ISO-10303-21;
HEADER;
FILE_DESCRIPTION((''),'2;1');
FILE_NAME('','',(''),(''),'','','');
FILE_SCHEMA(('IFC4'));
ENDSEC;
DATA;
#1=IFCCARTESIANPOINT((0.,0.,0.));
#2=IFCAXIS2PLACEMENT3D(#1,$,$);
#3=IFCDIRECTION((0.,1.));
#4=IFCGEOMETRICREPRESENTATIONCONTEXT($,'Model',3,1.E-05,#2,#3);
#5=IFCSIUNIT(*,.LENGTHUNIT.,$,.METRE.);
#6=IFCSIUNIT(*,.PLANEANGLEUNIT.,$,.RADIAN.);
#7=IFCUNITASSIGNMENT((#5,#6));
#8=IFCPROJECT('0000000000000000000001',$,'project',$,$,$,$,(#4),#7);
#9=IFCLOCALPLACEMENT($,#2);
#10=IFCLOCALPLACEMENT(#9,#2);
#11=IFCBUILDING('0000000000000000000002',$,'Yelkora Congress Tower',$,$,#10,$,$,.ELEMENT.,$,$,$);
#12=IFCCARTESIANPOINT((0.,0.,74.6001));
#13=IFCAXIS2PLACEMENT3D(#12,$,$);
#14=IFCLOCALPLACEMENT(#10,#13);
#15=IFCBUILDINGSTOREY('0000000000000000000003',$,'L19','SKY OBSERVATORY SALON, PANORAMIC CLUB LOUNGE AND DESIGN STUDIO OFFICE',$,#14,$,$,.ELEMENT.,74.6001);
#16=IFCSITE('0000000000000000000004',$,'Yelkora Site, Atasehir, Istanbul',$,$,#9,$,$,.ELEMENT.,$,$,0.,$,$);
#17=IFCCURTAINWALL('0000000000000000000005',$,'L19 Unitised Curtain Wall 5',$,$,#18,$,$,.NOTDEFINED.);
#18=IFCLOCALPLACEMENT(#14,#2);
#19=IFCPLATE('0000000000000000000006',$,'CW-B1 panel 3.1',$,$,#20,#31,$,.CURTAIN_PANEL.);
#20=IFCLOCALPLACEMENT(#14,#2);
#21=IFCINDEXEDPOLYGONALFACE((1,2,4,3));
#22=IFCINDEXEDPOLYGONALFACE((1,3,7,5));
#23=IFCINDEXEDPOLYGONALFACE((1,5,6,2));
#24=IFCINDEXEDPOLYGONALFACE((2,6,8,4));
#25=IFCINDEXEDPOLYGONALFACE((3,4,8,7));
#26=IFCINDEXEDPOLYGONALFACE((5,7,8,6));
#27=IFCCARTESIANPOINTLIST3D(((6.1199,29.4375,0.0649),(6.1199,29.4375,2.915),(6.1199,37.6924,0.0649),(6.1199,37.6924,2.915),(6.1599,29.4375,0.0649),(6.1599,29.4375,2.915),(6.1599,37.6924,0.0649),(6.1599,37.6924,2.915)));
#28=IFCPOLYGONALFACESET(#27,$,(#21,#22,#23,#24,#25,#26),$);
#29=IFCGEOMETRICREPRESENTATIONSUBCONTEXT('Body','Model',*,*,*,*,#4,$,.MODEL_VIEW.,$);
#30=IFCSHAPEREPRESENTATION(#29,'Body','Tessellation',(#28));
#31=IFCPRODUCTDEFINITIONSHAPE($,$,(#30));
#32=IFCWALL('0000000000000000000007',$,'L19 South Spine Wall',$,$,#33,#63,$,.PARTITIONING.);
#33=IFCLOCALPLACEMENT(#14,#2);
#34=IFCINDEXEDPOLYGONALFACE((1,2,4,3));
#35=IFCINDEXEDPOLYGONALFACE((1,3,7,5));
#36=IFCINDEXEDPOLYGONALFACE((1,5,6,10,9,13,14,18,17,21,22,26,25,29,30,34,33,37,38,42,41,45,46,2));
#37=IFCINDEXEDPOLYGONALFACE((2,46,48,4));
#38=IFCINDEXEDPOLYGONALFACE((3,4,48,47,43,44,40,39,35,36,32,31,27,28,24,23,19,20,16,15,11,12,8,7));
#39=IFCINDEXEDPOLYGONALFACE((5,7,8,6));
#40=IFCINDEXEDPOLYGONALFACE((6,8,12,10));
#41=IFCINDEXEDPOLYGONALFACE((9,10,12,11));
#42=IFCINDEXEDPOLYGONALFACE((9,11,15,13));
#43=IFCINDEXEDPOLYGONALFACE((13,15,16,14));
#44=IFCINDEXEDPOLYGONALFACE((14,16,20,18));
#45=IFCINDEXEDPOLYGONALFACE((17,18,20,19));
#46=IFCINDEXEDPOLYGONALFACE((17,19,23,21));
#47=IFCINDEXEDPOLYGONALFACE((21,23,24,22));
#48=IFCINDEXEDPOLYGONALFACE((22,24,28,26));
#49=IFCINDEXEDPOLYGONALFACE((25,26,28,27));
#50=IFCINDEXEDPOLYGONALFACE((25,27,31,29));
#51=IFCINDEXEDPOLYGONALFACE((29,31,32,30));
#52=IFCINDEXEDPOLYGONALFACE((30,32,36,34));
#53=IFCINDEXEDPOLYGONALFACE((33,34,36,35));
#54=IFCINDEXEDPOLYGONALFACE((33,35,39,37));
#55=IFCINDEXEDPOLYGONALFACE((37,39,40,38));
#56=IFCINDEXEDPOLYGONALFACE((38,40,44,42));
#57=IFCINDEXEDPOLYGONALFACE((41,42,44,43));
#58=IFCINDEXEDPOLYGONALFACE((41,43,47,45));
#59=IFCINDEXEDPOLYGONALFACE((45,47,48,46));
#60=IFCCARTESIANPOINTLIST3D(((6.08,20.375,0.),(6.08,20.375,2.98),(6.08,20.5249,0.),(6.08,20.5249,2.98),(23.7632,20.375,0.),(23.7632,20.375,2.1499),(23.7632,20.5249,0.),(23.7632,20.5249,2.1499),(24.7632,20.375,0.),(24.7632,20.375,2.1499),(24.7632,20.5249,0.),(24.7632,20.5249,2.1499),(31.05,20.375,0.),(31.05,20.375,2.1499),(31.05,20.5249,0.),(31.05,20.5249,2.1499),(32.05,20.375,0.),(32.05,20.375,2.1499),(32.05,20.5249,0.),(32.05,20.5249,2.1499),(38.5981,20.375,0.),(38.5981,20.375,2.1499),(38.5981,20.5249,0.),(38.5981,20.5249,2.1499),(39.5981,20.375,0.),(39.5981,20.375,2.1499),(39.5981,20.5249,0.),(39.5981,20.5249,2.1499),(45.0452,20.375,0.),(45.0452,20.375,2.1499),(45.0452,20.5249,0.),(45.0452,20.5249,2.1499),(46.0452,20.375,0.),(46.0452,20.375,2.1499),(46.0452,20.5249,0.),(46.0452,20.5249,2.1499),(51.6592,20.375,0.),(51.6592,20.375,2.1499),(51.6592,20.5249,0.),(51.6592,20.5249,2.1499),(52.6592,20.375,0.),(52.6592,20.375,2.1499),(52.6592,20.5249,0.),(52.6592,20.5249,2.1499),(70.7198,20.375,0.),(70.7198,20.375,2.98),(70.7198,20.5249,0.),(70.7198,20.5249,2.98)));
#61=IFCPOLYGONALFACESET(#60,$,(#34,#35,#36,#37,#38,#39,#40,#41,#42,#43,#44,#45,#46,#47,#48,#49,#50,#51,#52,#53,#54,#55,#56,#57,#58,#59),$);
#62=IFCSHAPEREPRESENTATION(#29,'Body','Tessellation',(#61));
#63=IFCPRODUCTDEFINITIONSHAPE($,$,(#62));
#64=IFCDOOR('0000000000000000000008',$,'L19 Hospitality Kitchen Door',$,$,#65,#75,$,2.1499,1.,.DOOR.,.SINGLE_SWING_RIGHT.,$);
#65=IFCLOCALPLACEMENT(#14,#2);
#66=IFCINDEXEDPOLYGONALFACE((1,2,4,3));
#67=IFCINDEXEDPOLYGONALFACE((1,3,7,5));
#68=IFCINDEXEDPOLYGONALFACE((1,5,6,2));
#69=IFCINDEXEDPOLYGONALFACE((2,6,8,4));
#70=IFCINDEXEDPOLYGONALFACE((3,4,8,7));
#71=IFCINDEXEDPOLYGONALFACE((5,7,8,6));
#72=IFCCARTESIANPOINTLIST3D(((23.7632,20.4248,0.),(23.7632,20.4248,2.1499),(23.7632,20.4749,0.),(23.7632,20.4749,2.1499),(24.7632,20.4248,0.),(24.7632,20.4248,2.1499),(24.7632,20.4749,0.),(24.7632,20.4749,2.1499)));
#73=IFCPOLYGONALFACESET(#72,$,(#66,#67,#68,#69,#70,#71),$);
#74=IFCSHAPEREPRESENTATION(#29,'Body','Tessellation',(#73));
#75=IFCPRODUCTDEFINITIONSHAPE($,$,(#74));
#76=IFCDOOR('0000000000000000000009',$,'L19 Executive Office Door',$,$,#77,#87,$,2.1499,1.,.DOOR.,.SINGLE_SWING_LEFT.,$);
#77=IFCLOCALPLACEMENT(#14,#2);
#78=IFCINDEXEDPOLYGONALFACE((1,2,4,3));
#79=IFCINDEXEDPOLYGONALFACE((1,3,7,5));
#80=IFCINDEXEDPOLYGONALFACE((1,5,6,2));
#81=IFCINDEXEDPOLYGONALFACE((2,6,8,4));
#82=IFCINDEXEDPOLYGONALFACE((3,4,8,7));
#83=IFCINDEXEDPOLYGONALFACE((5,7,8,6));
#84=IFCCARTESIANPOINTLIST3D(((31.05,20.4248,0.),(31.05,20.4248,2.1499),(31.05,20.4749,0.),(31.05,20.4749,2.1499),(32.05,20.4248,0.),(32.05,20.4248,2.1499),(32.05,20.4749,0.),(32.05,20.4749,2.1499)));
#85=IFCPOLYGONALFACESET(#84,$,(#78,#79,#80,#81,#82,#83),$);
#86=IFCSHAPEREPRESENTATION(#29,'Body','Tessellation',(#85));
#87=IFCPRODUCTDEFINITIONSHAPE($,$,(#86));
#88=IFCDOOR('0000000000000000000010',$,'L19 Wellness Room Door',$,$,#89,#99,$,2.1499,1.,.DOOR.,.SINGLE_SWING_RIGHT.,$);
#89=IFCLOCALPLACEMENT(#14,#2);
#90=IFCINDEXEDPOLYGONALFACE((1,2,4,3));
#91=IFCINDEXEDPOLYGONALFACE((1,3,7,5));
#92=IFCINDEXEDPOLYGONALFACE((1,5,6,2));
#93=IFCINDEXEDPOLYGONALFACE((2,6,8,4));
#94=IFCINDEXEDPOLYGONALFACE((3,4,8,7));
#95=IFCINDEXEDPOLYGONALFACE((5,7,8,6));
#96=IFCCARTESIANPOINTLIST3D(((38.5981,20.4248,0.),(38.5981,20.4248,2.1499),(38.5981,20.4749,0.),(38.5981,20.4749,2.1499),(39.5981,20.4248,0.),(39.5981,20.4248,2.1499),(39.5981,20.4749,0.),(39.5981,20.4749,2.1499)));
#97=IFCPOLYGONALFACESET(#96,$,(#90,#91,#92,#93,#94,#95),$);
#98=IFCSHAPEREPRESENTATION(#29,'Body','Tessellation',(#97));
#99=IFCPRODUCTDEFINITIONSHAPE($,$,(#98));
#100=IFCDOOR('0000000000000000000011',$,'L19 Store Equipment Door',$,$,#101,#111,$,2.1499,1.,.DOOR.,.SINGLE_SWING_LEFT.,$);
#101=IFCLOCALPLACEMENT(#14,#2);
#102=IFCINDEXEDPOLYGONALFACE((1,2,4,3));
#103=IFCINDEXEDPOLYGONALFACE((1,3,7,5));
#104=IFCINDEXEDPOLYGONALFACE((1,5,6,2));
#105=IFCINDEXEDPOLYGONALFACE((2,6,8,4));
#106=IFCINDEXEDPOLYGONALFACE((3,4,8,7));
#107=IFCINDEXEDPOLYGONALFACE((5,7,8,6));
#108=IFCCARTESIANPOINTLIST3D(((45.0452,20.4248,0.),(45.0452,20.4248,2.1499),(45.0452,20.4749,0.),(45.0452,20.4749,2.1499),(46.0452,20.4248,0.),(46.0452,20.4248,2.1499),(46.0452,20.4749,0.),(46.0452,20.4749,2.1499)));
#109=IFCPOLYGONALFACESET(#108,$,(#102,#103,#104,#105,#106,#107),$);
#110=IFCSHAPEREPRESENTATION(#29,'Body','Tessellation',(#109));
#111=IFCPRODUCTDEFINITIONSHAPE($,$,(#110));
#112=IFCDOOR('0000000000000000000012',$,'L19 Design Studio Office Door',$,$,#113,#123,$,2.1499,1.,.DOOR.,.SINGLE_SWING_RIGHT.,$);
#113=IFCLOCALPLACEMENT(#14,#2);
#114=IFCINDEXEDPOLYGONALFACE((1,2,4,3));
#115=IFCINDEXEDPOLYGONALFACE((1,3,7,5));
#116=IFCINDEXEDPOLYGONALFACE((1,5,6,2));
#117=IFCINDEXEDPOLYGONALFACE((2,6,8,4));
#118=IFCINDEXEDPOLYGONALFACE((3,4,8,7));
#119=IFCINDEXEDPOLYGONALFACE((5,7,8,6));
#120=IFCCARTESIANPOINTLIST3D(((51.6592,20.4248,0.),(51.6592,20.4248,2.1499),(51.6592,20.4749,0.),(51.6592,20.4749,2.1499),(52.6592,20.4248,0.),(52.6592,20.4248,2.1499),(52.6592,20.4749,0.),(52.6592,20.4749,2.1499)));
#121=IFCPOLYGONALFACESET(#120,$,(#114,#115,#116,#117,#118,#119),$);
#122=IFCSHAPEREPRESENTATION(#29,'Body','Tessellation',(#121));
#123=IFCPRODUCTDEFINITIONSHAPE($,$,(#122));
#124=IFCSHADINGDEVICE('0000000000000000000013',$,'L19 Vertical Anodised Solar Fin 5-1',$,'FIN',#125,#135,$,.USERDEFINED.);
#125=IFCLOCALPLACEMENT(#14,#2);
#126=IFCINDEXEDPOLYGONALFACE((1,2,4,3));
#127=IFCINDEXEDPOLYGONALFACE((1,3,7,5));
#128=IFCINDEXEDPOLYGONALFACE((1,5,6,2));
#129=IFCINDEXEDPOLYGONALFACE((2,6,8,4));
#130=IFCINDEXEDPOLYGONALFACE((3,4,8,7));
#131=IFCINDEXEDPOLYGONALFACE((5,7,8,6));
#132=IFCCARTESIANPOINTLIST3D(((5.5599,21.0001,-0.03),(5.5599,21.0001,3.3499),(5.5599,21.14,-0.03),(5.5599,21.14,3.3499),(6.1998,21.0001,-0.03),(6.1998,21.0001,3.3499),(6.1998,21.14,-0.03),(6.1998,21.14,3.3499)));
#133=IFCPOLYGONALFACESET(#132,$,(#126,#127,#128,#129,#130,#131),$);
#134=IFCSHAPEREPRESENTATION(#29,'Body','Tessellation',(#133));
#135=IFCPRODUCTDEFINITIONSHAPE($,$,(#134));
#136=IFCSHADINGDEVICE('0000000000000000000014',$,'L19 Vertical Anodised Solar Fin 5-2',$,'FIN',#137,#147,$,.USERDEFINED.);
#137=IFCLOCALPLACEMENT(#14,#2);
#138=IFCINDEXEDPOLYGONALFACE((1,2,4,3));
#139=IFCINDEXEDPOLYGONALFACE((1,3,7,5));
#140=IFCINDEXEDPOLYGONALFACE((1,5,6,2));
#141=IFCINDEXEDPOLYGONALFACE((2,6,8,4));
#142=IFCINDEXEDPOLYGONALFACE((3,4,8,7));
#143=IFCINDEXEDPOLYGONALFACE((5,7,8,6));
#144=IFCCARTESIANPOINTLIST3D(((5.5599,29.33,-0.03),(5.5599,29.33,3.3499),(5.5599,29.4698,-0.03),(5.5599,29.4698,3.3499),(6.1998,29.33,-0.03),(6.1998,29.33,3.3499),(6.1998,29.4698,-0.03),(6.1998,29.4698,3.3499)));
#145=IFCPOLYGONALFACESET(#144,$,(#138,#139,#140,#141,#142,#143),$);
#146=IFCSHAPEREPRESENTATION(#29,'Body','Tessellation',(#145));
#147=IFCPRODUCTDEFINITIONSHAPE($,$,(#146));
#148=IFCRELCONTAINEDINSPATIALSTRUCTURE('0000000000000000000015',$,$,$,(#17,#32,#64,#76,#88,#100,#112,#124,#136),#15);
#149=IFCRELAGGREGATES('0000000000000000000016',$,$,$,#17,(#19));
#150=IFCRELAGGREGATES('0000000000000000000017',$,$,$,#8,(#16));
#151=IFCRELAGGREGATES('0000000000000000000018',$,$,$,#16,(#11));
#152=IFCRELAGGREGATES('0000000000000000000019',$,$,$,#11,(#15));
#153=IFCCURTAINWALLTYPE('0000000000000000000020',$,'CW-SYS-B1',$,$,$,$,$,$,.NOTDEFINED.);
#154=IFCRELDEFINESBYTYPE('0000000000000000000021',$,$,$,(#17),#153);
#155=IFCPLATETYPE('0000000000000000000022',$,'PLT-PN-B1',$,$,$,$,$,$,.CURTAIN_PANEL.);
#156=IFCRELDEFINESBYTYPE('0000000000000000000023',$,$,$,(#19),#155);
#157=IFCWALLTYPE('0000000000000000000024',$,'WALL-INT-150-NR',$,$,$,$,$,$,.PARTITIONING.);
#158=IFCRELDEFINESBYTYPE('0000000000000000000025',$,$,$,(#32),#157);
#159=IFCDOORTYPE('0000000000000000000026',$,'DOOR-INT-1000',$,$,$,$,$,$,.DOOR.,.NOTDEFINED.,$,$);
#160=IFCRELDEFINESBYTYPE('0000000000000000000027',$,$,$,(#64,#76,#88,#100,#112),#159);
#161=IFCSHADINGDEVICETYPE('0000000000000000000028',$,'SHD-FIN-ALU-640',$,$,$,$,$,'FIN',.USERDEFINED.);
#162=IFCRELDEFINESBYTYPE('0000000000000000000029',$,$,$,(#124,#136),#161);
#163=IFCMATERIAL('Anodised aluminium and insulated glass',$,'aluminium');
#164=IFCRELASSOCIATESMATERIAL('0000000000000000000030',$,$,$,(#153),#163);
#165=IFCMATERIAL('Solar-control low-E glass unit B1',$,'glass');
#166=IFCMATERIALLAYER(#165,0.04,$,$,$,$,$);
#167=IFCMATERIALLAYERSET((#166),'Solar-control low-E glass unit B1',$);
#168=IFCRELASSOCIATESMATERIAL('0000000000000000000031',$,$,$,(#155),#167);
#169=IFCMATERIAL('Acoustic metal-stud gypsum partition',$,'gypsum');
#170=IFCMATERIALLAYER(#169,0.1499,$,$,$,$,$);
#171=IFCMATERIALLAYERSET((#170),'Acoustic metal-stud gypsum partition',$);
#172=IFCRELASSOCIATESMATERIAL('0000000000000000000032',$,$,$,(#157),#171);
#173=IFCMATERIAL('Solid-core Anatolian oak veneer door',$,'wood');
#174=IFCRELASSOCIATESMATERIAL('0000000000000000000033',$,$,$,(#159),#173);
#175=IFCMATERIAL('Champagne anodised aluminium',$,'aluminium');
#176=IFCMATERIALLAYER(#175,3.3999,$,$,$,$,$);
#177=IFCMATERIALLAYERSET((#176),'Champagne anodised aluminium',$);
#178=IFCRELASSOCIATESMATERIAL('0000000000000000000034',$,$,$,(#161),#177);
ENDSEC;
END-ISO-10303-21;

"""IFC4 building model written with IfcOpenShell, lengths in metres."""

from ifc_helpers import new_model, si_unit, direction, frame, frame_2d, origin, origin_2d, place, context, subcontext, project, spatial, rectangle, extrude, material, layer, layer_set, type_object, element, fill, aggregate, save


model = new_model("IFC4")

# Units and contexts
model_context = context("Model", 3, precision=1e-05, world=origin(), true_north=direction((0.0, 1.0)))
body_context = subcontext(model_context, "Body", "Model", "MODEL_VIEW")
ifc_project = project(units=[si_unit("LENGTHUNIT", "METRE"), si_unit("PLANEANGLEUNIT", "RADIAN")], contexts=[model_context])

# Site, building, storey
site_placement = place(None, origin())
site = spatial("IfcSite", under=ifc_project, at=site_placement, Name="Yelkora Site, Atasehir, Istanbul", CompositionType="ELEMENT", RefElevation=0.0)
building_placement = place(site_placement, origin())
building = spatial("IfcBuilding", under=site, at=building_placement, Name="Yelkora Congress Tower", CompositionType="ELEMENT")
storey_placement = place(building_placement, frame((0.0, 0.0, 74.6001)))
storey = spatial("IfcBuildingStorey", under=building, at=storey_placement, Name="L19", Description="SKY OBSERVATORY SALON, PANORAMIC CLUB LOUNGE AND DESIGN STUDIO OFFICE", CompositionType="ELEMENT", Elevation=74.6001)

# Curtain wall, plate
ifc_material_1 = material(Name="Anodised aluminium and insulated glass", Category="aluminium")
curtain_wall_type = type_object("IfcCurtainWallType", Name="CW-SYS-B1", PredefinedType="NOTDEFINED", material=ifc_material_1)
curtain_wall_placement = place(storey_placement, origin())
curtain_wall = element("IfcCurtainWall", 1, at=curtain_wall_placement, inside=storey, type_object=curtain_wall_type, Name="L19 Unitised Curtain Wall 5", PredefinedType="NOTDEFINED")
ifc_material_2 = material(Name="Solar-control low-E glass unit B1", Category="glass")
ifc_layer_1 = layer(ifc_material_2, 0.04)
ifc_layer_set_1 = layer_set([ifc_layer_1], Name="Solar-control low-E glass unit B1")
plate_type = type_object("IfcPlateType", Name="PLT-PN-B1", PredefinedType="CURTAIN_PANEL", material=ifc_layer_set_1)
plate_1_placement = place(storey_placement, frame((6.1399, 33.5649, 0.0649), z_axis=(0.0, 0.0, 1.0), x_axis=(0.0, 1.0, 0.0)))
plate_1 = element("IfcPlate", 2, at=plate_1_placement, type_object=plate_type, Name="CW-B1 panel 3.1", PredefinedType="CURTAIN_PANEL", context=body_context, shape_type="SweptSolid", body=[
    extrude(rectangle(XDim=8.2549, YDim=0.04, at=origin_2d()), origin(), (0.0, 0.0, 1.0), 2.8501),
])
aggregate(curtain_wall, [plate_1])

# Wall, openings, doors
ifc_material_3 = material(Name="Acoustic metal-stud gypsum partition", Category="gypsum")
ifc_layer_2 = layer(ifc_material_3, 0.1499)
ifc_layer_set_2 = layer_set([ifc_layer_2], Name="Acoustic metal-stud gypsum partition")
wall_type = type_object("IfcWallType", Name="WALL-INT-150-NR", PredefinedType="PARTITIONING", material=ifc_layer_set_2)
wall_placement = place(storey_placement, frame((6.0801, 20.45, 0.0), z_axis=(0.0, 0.0, 1.0), x_axis=(1.0, 0.0, 0.0)))
wall = element("IfcWall", 3, at=wall_placement, inside=storey, type_object=wall_type, Name="L19 South Spine Wall", PredefinedType="PARTITIONING", context=body_context, shape_type="SweptSolid", body=[
    extrude(rectangle(XDim=64.6399, YDim=0.1499, at=frame_2d((32.3198, 0.0))), origin(), (0.0, 0.0, 1.0), 2.98),
])
opening_1_placement = place(wall_placement, frame((17.6831, 0.0, 0.0)))
opening_1 = element("IfcOpeningElement", 4, at=opening_1_placement, cuts=wall, PredefinedType="OPENING", context=body_context, shape_type="SweptSolid", body=[
    extrude(rectangle(XDim=1.0, YDim=2.1499, at=frame_2d((0.5, 1.075))), frame((0.0, 0.085, 0.0), z_axis=(0.0, -1.0, 0.0), x_axis=(1.0, 0.0, 0.0)), (0.0, 0.0, 1.0), 0.1699),
])
opening_2_placement = place(wall_placement, frame((24.97, 0.0, 0.0)))
opening_2 = element("IfcOpeningElement", 5, at=opening_2_placement, cuts=wall, PredefinedType="OPENING", context=body_context, shape_type="SweptSolid", body=[
    extrude(rectangle(XDim=1.0, YDim=2.1499, at=frame_2d((0.5, 1.075))), frame((0.0, 0.085, 0.0), z_axis=(0.0, -1.0, 0.0), x_axis=(1.0, 0.0, 0.0)), (0.0, 0.0, 1.0), 0.1699),
])
opening_3_placement = place(wall_placement, frame((32.5181, 0.0, 0.0)))
opening_3 = element("IfcOpeningElement", 6, at=opening_3_placement, cuts=wall, PredefinedType="OPENING", context=body_context, shape_type="SweptSolid", body=[
    extrude(rectangle(XDim=1.0, YDim=2.1499, at=frame_2d((0.5, 1.075))), frame((0.0, 0.085, 0.0), z_axis=(0.0, -1.0, 0.0), x_axis=(1.0, 0.0, 0.0)), (0.0, 0.0, 1.0), 0.1699),
])
opening_4_placement = place(wall_placement, frame((38.9651, 0.0, 0.0)))
opening_4 = element("IfcOpeningElement", 7, at=opening_4_placement, cuts=wall, PredefinedType="OPENING", context=body_context, shape_type="SweptSolid", body=[
    extrude(rectangle(XDim=1.0, YDim=2.1499, at=frame_2d((0.5, 1.075))), frame((0.0, 0.085, 0.0), z_axis=(0.0, -1.0, 0.0), x_axis=(1.0, 0.0, 0.0)), (0.0, 0.0, 1.0), 0.1699),
])
opening_5_placement = place(wall_placement, frame((45.5791, 0.0, 0.0)))
opening_5 = element("IfcOpeningElement", 8, at=opening_5_placement, cuts=wall, PredefinedType="OPENING", context=body_context, shape_type="SweptSolid", body=[
    extrude(rectangle(XDim=1.0, YDim=2.1499, at=frame_2d((0.5, 1.075))), frame((0.0, 0.085, 0.0), z_axis=(0.0, -1.0, 0.0), x_axis=(1.0, 0.0, 0.0)), (0.0, 0.0, 1.0), 0.1699),
])
ifc_material_4 = material(Name="Solid-core Anatolian oak veneer door", Category="wood")
door_type = type_object("IfcDoorType", Name="DOOR-INT-1000", OperationType="NOTDEFINED", PredefinedType="DOOR", material=ifc_material_4)
door_1_placement = place(opening_1_placement, origin())
door_1 = element("IfcDoor", 9, at=door_1_placement, inside=storey, type_object=door_type, Name="L19 Hospitality Kitchen Door", OperationType="SINGLE_SWING_RIGHT", OverallHeight=2.1499, OverallWidth=1.0, PredefinedType="DOOR", context=body_context, shape_type="SweptSolid", body=[
    extrude(rectangle(XDim=1.0, YDim=2.1499, at=frame_2d((0.5, 1.075))), frame((0.0, 0.0249, 0.0), z_axis=(0.0, -1.0, 0.0), x_axis=(1.0, 0.0, 0.0)), (0.0, 0.0, 1.0), 0.05),
])
fill(opening_1, door_1)
door_2_placement = place(opening_2_placement, origin())
door_2 = element("IfcDoor", 10, at=door_2_placement, inside=storey, type_object=door_type, Name="L19 Executive Office Door", OperationType="SINGLE_SWING_LEFT", OverallHeight=2.1499, OverallWidth=1.0, PredefinedType="DOOR", context=body_context, shape_type="SweptSolid", body=[
    extrude(rectangle(XDim=1.0, YDim=2.1499, at=frame_2d((0.5, 1.075))), frame((0.0, 0.0249, 0.0), z_axis=(0.0, -1.0, 0.0), x_axis=(1.0, 0.0, 0.0)), (0.0, 0.0, 1.0), 0.05),
])
fill(opening_2, door_2)
door_3_placement = place(opening_3_placement, origin())
door_3 = element("IfcDoor", 11, at=door_3_placement, inside=storey, type_object=door_type, Name="L19 Wellness Room Door", OperationType="SINGLE_SWING_RIGHT", OverallHeight=2.1499, OverallWidth=1.0, PredefinedType="DOOR", context=body_context, shape_type="SweptSolid", body=[
    extrude(rectangle(XDim=1.0, YDim=2.1499, at=frame_2d((0.5, 1.075))), frame((0.0, 0.0249, 0.0), z_axis=(0.0, -1.0, 0.0), x_axis=(1.0, 0.0, 0.0)), (0.0, 0.0, 1.0), 0.05),
])
fill(opening_3, door_3)
door_4_placement = place(opening_4_placement, origin())
door_4 = element("IfcDoor", 12, at=door_4_placement, inside=storey, type_object=door_type, Name="L19 Store Equipment Door", OperationType="SINGLE_SWING_LEFT", OverallHeight=2.1499, OverallWidth=1.0, PredefinedType="DOOR", context=body_context, shape_type="SweptSolid", body=[
    extrude(rectangle(XDim=1.0, YDim=2.1499, at=frame_2d((0.5, 1.075))), frame((0.0, 0.0249, 0.0), z_axis=(0.0, -1.0, 0.0), x_axis=(1.0, 0.0, 0.0)), (0.0, 0.0, 1.0), 0.05),
])
fill(opening_4, door_4)
door_5_placement = place(opening_5_placement, origin())
door_5 = element("IfcDoor", 13, at=door_5_placement, inside=storey, type_object=door_type, Name="L19 Design Studio Office Door", OperationType="SINGLE_SWING_RIGHT", OverallHeight=2.1499, OverallWidth=1.0, PredefinedType="DOOR", context=body_context, shape_type="SweptSolid", body=[
    extrude(rectangle(XDim=1.0, YDim=2.1499, at=frame_2d((0.5, 1.075))), frame((0.0, 0.0249, 0.0), z_axis=(0.0, -1.0, 0.0), x_axis=(1.0, 0.0, 0.0)), (0.0, 0.0, 1.0), 0.05),
])
fill(opening_5, door_5)

# Shading devices
ifc_material_5 = material(Name="Champagne anodised aluminium", Category="aluminium")
ifc_layer_3 = layer(ifc_material_5, 3.3999)
ifc_layer_set_3 = layer_set([ifc_layer_3], Name="Champagne anodised aluminium")
shading_device_type = type_object("IfcShadingDeviceType", Name="SHD-FIN-ALU-640", ElementType="FIN", PredefinedType="USERDEFINED", material=ifc_layer_set_3)
for number, where, z_axis, x_axis, name in (
    (14, (5.8799, 21.0701, -0.03), (0.0, 0.0, 1.0), (0.0, 1.0, 0.0), "L19 Vertical Anodised Solar Fin 5-1"),
    (15, (5.8799, 29.3999, -0.03), (0.0, 0.0, 1.0), (0.0, 1.0, 0.0), "L19 Vertical Anodised Solar Fin 5-2"),
):
    element("IfcShadingDevice", number, at=place(storey_placement, frame(where, z_axis=z_axis, x_axis=x_axis)), inside=storey, type_object=shading_device_type, Name=name, ObjectType="FIN", PredefinedType="USERDEFINED", context=body_context, shape_type="SweptSolid", body=[
        extrude(rectangle(XDim=0.1399, YDim=0.6399, at=origin_2d()), origin(), (0.0, 0.0, 1.0), 3.3799),
    ])

save(model, "model.ifc")
